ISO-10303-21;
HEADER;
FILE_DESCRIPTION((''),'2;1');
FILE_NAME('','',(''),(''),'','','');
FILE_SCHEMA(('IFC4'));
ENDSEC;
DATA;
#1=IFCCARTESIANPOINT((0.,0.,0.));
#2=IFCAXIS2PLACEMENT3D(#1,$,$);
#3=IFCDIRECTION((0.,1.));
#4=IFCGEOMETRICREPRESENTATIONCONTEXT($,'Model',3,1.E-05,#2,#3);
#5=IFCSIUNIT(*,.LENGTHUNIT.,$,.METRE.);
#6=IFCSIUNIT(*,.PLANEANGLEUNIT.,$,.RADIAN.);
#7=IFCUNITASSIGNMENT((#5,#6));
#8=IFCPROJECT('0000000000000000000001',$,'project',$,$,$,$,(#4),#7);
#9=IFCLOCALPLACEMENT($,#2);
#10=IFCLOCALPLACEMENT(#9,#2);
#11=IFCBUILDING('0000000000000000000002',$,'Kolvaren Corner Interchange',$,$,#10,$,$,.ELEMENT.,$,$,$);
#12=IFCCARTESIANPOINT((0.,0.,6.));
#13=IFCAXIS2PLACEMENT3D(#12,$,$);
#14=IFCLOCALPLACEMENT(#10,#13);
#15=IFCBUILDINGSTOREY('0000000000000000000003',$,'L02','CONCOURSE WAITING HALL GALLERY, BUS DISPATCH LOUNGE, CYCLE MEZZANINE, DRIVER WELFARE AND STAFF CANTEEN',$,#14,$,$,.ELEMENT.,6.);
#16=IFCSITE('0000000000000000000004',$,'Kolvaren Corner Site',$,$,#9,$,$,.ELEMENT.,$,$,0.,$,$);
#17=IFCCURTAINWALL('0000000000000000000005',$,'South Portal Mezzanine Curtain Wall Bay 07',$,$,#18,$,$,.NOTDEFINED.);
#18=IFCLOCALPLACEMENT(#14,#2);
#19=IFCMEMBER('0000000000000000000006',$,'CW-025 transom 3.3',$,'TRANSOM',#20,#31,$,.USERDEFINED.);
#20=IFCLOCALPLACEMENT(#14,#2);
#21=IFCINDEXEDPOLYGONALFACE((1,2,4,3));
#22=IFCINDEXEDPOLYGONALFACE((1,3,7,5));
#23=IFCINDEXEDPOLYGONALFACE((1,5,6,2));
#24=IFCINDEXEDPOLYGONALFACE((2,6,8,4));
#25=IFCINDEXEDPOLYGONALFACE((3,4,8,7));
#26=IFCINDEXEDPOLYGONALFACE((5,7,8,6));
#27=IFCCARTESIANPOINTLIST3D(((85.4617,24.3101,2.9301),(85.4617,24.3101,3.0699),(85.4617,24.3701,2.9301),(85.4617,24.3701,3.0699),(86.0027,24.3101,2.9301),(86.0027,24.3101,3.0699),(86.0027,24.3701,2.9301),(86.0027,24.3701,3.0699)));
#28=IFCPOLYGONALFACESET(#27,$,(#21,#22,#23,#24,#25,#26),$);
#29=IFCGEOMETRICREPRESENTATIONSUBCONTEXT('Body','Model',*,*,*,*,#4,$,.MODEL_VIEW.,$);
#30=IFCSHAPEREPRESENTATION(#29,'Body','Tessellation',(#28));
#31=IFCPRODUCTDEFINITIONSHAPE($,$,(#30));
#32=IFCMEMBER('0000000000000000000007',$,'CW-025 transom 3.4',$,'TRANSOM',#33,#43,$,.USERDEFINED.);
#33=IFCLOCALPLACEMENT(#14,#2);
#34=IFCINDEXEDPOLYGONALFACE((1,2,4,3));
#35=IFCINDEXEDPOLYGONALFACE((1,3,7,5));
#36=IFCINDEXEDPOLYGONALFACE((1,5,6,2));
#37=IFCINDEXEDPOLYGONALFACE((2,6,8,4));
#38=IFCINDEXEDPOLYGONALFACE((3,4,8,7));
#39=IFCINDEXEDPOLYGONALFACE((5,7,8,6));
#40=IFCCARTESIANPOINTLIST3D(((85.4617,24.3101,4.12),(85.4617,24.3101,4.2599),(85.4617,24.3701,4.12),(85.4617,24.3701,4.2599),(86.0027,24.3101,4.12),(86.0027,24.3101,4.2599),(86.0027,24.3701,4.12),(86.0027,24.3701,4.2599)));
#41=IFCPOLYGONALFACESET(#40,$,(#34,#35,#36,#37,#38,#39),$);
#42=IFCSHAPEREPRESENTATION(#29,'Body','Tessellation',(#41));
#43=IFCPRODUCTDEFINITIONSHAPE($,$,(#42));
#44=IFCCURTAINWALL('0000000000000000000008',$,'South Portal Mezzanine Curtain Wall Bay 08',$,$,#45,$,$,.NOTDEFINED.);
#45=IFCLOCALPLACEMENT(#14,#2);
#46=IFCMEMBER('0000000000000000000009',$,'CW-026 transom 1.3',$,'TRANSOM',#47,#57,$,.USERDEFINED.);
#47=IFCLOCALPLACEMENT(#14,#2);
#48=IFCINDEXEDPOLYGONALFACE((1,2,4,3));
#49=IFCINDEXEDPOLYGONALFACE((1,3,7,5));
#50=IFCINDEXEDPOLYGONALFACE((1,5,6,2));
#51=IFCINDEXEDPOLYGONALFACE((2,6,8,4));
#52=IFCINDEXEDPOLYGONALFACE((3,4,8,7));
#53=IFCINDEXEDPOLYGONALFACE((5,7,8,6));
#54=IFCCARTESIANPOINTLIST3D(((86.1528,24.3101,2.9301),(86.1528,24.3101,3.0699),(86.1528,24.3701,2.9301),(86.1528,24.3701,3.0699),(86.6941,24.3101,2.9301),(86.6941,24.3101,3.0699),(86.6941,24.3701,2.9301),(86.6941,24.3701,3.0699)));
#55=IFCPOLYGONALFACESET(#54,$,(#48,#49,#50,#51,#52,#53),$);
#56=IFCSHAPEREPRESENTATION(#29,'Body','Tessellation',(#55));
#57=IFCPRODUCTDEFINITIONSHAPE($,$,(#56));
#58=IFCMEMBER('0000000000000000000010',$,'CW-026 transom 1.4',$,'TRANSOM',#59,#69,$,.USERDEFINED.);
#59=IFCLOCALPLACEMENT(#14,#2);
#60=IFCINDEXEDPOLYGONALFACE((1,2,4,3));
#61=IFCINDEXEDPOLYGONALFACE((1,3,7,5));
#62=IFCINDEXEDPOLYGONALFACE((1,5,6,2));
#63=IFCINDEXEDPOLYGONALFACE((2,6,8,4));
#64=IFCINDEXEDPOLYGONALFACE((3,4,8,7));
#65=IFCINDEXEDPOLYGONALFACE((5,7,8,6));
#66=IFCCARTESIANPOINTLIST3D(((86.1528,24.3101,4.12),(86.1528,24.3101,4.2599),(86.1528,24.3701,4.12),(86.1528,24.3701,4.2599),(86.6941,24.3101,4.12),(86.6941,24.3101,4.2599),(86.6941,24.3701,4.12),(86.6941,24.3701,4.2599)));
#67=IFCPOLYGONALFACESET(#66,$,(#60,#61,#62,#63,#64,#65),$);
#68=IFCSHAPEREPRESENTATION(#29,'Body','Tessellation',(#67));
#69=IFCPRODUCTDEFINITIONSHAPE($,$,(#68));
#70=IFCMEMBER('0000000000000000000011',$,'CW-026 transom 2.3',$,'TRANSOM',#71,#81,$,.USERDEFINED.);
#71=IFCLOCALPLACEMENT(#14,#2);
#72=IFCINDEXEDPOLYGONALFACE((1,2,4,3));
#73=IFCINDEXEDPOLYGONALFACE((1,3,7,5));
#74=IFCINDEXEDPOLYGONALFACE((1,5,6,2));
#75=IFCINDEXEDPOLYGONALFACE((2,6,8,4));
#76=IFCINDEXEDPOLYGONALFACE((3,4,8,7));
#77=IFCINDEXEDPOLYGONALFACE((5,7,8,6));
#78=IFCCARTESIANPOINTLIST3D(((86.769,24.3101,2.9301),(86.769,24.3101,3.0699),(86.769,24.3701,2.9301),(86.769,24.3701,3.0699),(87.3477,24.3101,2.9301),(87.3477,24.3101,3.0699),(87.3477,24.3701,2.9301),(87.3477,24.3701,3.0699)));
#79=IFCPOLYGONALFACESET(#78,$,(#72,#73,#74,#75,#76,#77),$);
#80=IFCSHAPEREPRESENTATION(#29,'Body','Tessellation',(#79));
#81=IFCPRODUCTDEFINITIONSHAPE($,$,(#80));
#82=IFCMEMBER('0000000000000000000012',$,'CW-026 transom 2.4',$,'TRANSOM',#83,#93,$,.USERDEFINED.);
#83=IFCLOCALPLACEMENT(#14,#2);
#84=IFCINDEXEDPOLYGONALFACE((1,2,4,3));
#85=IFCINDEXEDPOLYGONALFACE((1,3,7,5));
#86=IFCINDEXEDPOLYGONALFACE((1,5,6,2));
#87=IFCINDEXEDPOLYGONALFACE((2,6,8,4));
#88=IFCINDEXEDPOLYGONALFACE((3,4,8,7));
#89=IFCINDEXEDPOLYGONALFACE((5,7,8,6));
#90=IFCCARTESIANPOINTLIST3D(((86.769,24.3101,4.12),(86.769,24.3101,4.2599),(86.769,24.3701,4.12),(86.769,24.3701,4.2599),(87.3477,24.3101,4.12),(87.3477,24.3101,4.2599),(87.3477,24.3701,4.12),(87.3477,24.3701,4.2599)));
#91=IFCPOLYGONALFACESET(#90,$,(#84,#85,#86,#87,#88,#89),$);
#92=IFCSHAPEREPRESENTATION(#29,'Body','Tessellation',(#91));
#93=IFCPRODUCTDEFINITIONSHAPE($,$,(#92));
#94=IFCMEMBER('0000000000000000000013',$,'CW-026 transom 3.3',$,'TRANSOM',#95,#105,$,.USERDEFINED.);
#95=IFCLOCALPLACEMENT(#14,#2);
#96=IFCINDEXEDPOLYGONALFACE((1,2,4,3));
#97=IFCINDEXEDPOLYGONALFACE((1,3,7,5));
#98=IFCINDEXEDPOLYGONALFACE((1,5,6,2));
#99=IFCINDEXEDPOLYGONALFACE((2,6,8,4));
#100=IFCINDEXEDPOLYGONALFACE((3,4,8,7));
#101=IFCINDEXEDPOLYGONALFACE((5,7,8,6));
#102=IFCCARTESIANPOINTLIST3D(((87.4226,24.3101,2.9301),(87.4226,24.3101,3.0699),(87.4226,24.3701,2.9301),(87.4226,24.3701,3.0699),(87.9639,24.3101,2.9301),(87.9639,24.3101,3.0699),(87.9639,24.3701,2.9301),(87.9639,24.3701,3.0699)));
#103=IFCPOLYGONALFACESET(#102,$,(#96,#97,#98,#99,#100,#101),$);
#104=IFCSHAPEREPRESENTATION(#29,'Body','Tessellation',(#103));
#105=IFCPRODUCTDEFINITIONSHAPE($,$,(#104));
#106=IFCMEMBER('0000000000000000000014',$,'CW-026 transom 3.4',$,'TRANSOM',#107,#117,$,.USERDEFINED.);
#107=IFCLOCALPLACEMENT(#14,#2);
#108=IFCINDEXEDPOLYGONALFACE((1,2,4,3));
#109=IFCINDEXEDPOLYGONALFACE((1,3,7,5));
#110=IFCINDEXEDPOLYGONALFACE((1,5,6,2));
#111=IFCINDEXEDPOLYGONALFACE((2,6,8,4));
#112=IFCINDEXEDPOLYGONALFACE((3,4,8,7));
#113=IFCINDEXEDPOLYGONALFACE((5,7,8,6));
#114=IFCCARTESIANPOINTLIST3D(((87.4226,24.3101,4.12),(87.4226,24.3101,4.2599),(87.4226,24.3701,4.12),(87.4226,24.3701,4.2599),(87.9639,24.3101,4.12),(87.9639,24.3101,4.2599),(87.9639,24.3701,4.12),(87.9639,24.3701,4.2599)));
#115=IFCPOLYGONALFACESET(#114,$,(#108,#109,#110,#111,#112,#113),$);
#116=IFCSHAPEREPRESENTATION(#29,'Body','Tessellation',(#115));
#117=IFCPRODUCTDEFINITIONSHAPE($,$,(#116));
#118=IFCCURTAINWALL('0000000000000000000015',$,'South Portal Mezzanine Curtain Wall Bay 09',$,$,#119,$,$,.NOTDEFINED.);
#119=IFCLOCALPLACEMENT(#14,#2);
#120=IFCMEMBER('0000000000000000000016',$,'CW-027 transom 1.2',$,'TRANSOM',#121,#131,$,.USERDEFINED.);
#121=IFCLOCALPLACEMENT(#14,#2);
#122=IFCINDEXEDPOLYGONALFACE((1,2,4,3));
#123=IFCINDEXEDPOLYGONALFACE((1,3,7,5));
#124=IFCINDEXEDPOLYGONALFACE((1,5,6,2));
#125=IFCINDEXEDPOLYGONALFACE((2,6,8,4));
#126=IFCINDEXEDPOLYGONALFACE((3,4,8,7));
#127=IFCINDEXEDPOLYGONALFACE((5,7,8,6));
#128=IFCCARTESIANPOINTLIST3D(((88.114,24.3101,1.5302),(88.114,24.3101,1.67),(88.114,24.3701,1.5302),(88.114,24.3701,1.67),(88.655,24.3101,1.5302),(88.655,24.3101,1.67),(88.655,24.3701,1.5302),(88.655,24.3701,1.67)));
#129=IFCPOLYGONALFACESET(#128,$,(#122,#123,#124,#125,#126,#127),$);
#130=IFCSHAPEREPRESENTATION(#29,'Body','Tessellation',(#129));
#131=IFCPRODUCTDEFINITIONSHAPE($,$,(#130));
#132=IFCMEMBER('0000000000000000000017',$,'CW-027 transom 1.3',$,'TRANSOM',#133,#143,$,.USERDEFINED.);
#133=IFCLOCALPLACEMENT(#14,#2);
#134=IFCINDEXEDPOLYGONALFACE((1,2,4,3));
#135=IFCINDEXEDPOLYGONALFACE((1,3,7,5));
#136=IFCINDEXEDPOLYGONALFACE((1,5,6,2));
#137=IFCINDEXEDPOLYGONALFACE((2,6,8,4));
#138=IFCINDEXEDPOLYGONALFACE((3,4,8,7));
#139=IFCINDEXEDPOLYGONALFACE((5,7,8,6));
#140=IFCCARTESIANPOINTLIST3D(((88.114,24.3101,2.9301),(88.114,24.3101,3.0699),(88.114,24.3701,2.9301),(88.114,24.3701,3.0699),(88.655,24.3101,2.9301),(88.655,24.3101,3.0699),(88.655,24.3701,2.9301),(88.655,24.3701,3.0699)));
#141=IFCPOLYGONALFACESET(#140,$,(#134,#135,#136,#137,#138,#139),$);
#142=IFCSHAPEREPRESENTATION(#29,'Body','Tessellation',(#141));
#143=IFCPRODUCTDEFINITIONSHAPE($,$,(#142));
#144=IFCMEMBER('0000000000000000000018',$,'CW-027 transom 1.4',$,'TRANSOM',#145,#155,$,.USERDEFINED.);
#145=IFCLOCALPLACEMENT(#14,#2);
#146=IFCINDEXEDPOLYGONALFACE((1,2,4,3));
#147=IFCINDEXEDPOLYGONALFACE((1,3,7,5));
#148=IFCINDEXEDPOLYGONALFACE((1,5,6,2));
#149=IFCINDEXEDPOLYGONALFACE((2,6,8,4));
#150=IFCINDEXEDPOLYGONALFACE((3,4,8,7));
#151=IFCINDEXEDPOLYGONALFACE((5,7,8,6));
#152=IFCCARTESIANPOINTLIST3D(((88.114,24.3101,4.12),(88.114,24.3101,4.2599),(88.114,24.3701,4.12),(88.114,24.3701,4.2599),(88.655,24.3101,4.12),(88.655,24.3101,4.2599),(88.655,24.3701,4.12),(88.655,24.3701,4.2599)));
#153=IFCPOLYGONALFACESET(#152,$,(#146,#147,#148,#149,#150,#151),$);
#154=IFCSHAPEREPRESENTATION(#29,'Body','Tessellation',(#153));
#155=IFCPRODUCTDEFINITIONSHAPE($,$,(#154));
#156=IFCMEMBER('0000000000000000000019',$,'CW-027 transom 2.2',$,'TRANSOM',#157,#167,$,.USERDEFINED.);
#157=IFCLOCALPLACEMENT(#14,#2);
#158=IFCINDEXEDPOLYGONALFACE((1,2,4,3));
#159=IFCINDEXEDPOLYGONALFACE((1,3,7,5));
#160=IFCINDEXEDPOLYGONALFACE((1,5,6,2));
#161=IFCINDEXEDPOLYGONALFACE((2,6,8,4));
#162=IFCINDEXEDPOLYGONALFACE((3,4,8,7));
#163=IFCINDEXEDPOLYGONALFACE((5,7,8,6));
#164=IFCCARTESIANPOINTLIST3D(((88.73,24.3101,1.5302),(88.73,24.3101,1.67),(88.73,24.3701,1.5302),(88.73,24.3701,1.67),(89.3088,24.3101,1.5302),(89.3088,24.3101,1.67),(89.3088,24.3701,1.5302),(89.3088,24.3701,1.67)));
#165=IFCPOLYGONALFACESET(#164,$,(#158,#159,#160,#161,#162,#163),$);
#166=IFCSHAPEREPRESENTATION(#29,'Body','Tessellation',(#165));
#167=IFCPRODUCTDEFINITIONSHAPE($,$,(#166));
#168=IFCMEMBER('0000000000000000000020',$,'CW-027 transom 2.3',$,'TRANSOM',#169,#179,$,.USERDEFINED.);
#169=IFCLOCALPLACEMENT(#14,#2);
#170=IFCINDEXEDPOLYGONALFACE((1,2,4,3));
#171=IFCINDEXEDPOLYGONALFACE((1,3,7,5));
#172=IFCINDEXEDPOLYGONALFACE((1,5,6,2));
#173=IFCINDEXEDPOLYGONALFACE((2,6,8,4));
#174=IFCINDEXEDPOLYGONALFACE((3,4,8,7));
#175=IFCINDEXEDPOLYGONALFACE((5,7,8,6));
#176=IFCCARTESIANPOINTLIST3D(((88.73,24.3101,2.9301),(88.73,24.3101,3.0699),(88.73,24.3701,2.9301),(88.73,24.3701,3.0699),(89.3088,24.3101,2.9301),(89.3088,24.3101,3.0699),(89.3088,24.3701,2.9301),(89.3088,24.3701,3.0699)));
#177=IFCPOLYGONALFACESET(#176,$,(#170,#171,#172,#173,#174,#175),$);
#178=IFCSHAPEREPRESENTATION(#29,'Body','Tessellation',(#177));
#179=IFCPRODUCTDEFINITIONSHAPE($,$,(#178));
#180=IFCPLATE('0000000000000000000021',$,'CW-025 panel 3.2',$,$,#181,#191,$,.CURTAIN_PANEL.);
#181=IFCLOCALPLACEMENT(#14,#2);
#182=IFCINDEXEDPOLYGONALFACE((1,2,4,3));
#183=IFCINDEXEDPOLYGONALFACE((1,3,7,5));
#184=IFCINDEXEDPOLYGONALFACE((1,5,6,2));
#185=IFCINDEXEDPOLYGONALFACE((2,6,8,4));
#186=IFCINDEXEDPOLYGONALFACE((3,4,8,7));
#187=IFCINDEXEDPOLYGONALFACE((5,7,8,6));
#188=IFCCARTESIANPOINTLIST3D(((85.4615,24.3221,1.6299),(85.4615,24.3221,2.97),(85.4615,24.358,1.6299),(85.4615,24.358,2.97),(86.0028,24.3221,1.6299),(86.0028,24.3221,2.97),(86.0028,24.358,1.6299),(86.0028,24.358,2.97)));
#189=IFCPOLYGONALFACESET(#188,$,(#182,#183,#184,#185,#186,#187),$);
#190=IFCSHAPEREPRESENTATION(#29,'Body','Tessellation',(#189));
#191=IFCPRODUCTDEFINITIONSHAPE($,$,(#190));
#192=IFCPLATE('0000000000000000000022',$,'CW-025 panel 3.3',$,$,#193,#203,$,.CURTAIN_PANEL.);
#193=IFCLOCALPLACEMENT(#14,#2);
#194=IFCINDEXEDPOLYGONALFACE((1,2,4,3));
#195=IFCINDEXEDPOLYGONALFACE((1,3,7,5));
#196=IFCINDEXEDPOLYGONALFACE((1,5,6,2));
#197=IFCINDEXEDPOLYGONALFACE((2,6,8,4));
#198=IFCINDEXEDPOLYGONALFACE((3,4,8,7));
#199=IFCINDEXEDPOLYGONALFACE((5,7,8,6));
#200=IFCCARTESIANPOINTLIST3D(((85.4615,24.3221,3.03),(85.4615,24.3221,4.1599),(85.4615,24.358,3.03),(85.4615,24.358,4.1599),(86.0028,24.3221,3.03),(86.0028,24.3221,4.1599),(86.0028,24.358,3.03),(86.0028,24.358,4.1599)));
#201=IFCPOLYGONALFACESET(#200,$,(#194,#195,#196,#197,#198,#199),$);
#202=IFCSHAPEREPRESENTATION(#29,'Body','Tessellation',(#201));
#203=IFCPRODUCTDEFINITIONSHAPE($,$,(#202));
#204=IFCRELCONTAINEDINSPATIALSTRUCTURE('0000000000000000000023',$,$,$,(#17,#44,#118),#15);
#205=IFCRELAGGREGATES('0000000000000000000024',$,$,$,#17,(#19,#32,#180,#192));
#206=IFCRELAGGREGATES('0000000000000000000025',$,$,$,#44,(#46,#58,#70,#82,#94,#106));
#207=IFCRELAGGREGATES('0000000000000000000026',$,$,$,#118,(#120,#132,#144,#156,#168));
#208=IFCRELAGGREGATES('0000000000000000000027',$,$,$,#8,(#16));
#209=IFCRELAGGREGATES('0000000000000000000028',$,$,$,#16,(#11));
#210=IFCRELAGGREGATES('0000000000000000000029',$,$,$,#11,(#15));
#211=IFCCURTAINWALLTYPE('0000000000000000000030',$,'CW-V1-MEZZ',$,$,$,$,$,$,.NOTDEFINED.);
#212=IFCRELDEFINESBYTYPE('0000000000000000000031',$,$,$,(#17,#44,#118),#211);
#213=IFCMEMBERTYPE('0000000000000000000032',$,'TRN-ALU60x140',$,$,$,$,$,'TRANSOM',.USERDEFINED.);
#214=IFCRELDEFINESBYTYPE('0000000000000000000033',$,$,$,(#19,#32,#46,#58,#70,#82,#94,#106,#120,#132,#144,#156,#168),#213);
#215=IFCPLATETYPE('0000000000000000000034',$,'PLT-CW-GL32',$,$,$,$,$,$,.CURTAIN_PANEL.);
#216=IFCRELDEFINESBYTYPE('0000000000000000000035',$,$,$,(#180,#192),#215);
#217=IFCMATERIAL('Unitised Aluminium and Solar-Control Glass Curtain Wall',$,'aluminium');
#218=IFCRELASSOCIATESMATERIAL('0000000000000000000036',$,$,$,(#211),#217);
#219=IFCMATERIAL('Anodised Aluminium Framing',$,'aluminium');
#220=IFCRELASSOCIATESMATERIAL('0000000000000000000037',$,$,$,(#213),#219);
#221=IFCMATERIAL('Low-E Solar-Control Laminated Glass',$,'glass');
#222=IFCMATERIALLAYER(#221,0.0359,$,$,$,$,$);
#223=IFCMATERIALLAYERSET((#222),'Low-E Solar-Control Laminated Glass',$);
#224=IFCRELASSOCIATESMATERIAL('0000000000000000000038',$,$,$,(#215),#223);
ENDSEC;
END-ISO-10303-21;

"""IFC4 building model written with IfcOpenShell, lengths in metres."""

from ifc_helpers import new_model, si_unit, direction, frame, origin, origin_2d, place, context, subcontext, project, spatial, rectangle, extrude, material, layer, layer_set, material_profile, profile_set, type_object, element, aggregate, save


model = new_model("IFC4")

# Units and contexts
model_context = context("Model", 3, precision=1e-05, world=origin(), true_north=direction((0.0, 1.0)))
body_context = subcontext(model_context, "Body", "Model", "MODEL_VIEW")
ifc_project = project(units=[si_unit("LENGTHUNIT", "METRE"), si_unit("PLANEANGLEUNIT", "RADIAN")], contexts=[model_context])

# Site, building, storey
site_placement = place(None, origin())
site = spatial("IfcSite", under=ifc_project, at=site_placement, Name="Kolvaren Corner Site", CompositionType="ELEMENT", RefElevation=0.0)
building_placement = place(site_placement, origin())
building = spatial("IfcBuilding", under=site, at=building_placement, Name="Kolvaren Corner Interchange", CompositionType="ELEMENT")
storey_placement = place(building_placement, frame((0.0, 0.0, 6.0)))
storey = spatial("IfcBuildingStorey", under=building, at=storey_placement, Name="L02", Description="CONCOURSE WAITING HALL GALLERY, BUS DISPATCH LOUNGE, CYCLE MEZZANINE, DRIVER WELFARE AND STAFF CANTEEN", CompositionType="ELEMENT", Elevation=6.0)

# Curtain walls, members
ifc_material_1 = material(Name="Unitised Aluminium and Solar-Control Glass Curtain Wall", Category="aluminium")
curtain_wall_type = type_object("IfcCurtainWallType", Name="CW-V1-MEZZ", PredefinedType="NOTDEFINED", material=ifc_material_1)
curtain_wall_1_placement = place(storey_placement, origin())
curtain_wall_1 = element("IfcCurtainWall", 1, at=curtain_wall_1_placement, inside=storey, type_object=curtain_wall_type, Name="South Portal Mezzanine Curtain Wall Bay 07", PredefinedType="NOTDEFINED")
ifc_material_2 = material(Name="Anodised Aluminium Framing", Category="aluminium")
ifc_material_profile = material_profile(ifc_material_2, rectangle(XDim=0.0601, YDim=0.1399, at=origin_2d()), Name="ALU 60x140")
ifc_profile_set = profile_set([ifc_material_profile], Name="Anodised Aluminium Framing")
member_type = type_object("IfcMemberType", Name="TRN-ALU60x140", ElementType="TRANSOM", PredefinedType="USERDEFINED", material=ifc_profile_set)
member_1_placement = place(storey_placement, frame((85.4617, 24.3401, 3.0), z_axis=(1.0, 0.0, 0.0), x_axis=(0.0, 1.0, 0.0)))
member_1 = element("IfcMember", 2, at=member_1_placement, type_object=member_type, Name="CW-025 transom 3.3", ObjectType="TRANSOM", PredefinedType="USERDEFINED", context=body_context, shape_type="SweptSolid", body=[
    extrude(rectangle(XDim=0.0601, YDim=0.1399, at=origin_2d()), origin(), (0.0, 0.0, 1.0), 0.541),
])
member_2_placement = place(storey_placement, frame((85.4617, 24.3401, 4.1899), z_axis=(1.0, 0.0, 0.0), x_axis=(0.0, 1.0, 0.0)))
member_2 = element("IfcMember", 3, at=member_2_placement, type_object=member_type, Name="CW-025 transom 3.4", ObjectType="TRANSOM", PredefinedType="USERDEFINED", context=body_context, shape_type="SweptSolid", body=[
    extrude(rectangle(XDim=0.0601, YDim=0.1399, at=origin_2d()), origin(), (0.0, 0.0, 1.0), 0.541),
])
curtain_wall_2_placement = place(storey_placement, origin())
curtain_wall_2 = element("IfcCurtainWall", 4, at=curtain_wall_2_placement, inside=storey, type_object=curtain_wall_type, Name="South Portal Mezzanine Curtain Wall Bay 08", PredefinedType="NOTDEFINED")
member_3_placement = place(storey_placement, frame((86.1528, 24.3401, 3.0), z_axis=(1.0, 0.0, 0.0), x_axis=(0.0, 1.0, 0.0)))
member_3 = element("IfcMember", 5, at=member_3_placement, type_object=member_type, Name="CW-026 transom 1.3", ObjectType="TRANSOM", PredefinedType="USERDEFINED", context=body_context, shape_type="SweptSolid", body=[
    extrude(rectangle(XDim=0.0601, YDim=0.1399, at=origin_2d()), origin(), (0.0, 0.0, 1.0), 0.5413),
])
member_4_placement = place(storey_placement, frame((86.1528, 24.3401, 4.1899), z_axis=(1.0, 0.0, 0.0), x_axis=(0.0, 1.0, 0.0)))
member_4 = element("IfcMember", 6, at=member_4_placement, type_object=member_type, Name="CW-026 transom 1.4", ObjectType="TRANSOM", PredefinedType="USERDEFINED", context=body_context, shape_type="SweptSolid", body=[
    extrude(rectangle(XDim=0.0601, YDim=0.1399, at=origin_2d()), origin(), (0.0, 0.0, 1.0), 0.5413),
])
member_5_placement = place(storey_placement, frame((86.769, 24.3401, 3.0), z_axis=(1.0, 0.0, 0.0), x_axis=(0.0, 1.0, 0.0)))
member_5 = element("IfcMember", 7, at=member_5_placement, type_object=member_type, Name="CW-026 transom 2.3", ObjectType="TRANSOM", PredefinedType="USERDEFINED", context=body_context, shape_type="SweptSolid", body=[
    extrude(rectangle(XDim=0.0601, YDim=0.1399, at=origin_2d()), origin(), (0.0, 0.0, 1.0), 0.5786),
])
member_6_placement = place(storey_placement, frame((86.769, 24.3401, 4.1899), z_axis=(1.0, 0.0, 0.0), x_axis=(0.0, 1.0, 0.0)))
member_6 = element("IfcMember", 8, at=member_6_placement, type_object=member_type, Name="CW-026 transom 2.4", ObjectType="TRANSOM", PredefinedType="USERDEFINED", context=body_context, shape_type="SweptSolid", body=[
    extrude(rectangle(XDim=0.0601, YDim=0.1399, at=origin_2d()), origin(), (0.0, 0.0, 1.0), 0.5786),
])
member_7_placement = place(storey_placement, frame((87.4226, 24.3401, 3.0), z_axis=(1.0, 0.0, 0.0), x_axis=(0.0, 1.0, 0.0)))
member_7 = element("IfcMember", 9, at=member_7_placement, type_object=member_type, Name="CW-026 transom 3.3", ObjectType="TRANSOM", PredefinedType="USERDEFINED", context=body_context, shape_type="SweptSolid", body=[
    extrude(rectangle(XDim=0.0601, YDim=0.1399, at=origin_2d()), origin(), (0.0, 0.0, 1.0), 0.5413),
])
member_8_placement = place(storey_placement, frame((87.4226, 24.3401, 4.1899), z_axis=(1.0, 0.0, 0.0), x_axis=(0.0, 1.0, 0.0)))
member_8 = element("IfcMember", 10, at=member_8_placement, type_object=member_type, Name="CW-026 transom 3.4", ObjectType="TRANSOM", PredefinedType="USERDEFINED", context=body_context, shape_type="SweptSolid", body=[
    extrude(rectangle(XDim=0.0601, YDim=0.1399, at=origin_2d()), origin(), (0.0, 0.0, 1.0), 0.5413),
])
curtain_wall_3_placement = place(storey_placement, origin())
curtain_wall_3 = element("IfcCurtainWall", 11, at=curtain_wall_3_placement, inside=storey, type_object=curtain_wall_type, Name="South Portal Mezzanine Curtain Wall Bay 09", PredefinedType="NOTDEFINED")
member_9_placement = place(storey_placement, frame((88.114, 24.3401, 1.6001), z_axis=(1.0, 0.0, 0.0), x_axis=(0.0, 1.0, 0.0)))
member_9 = element("IfcMember", 12, at=member_9_placement, type_object=member_type, Name="CW-027 transom 1.2", ObjectType="TRANSOM", PredefinedType="USERDEFINED", context=body_context, shape_type="SweptSolid", body=[
    extrude(rectangle(XDim=0.0601, YDim=0.1399, at=origin_2d()), origin(), (0.0, 0.0, 1.0), 0.541),
])
member_10_placement = place(storey_placement, frame((88.114, 24.3401, 3.0), z_axis=(1.0, 0.0, 0.0), x_axis=(0.0, 1.0, 0.0)))
member_10 = element("IfcMember", 13, at=member_10_placement, type_object=member_type, Name="CW-027 transom 1.3", ObjectType="TRANSOM", PredefinedType="USERDEFINED", context=body_context, shape_type="SweptSolid", body=[
    extrude(rectangle(XDim=0.0601, YDim=0.1399, at=origin_2d()), origin(), (0.0, 0.0, 1.0), 0.541),
])
member_11_placement = place(storey_placement, frame((88.114, 24.3401, 4.1899), z_axis=(1.0, 0.0, 0.0), x_axis=(0.0, 1.0, 0.0)))
member_11 = element("IfcMember", 14, at=member_11_placement, type_object=member_type, Name="CW-027 transom 1.4", ObjectType="TRANSOM", PredefinedType="USERDEFINED", context=body_context, shape_type="SweptSolid", body=[
    extrude(rectangle(XDim=0.0601, YDim=0.1399, at=origin_2d()), origin(), (0.0, 0.0, 1.0), 0.541),
])
member_12_placement = place(storey_placement, frame((88.73, 24.3401, 1.6001), z_axis=(1.0, 0.0, 0.0), x_axis=(0.0, 1.0, 0.0)))
member_12 = element("IfcMember", 15, at=member_12_placement, type_object=member_type, Name="CW-027 transom 2.2", ObjectType="TRANSOM", PredefinedType="USERDEFINED", context=body_context, shape_type="SweptSolid", body=[
    extrude(rectangle(XDim=0.0601, YDim=0.1399, at=origin_2d()), origin(), (0.0, 0.0, 1.0), 0.5789),
])
member_13_placement = place(storey_placement, frame((88.73, 24.3401, 3.0), z_axis=(1.0, 0.0, 0.0), x_axis=(0.0, 1.0, 0.0)))
member_13 = element("IfcMember", 16, at=member_13_placement, type_object=member_type, Name="CW-027 transom 2.3", ObjectType="TRANSOM", PredefinedType="USERDEFINED", context=body_context, shape_type="SweptSolid", body=[
    extrude(rectangle(XDim=0.0601, YDim=0.1399, at=origin_2d()), origin(), (0.0, 0.0, 1.0), 0.5789),
])

# Plates
ifc_material_3 = material(Name="Low-E Solar-Control Laminated Glass", Category="glass")
ifc_layer = layer(ifc_material_3, 0.0359)
ifc_layer_set = layer_set([ifc_layer], Name="Low-E Solar-Control Laminated Glass")
plate_type = type_object("IfcPlateType", Name="PLT-CW-GL32", PredefinedType="CURTAIN_PANEL", material=ifc_layer_set)
plate_1_placement = place(storey_placement, frame((85.7322, 24.3401, 1.6299), z_axis=(0.0, 0.0, 1.0), x_axis=(1.0, 0.0, 0.0)))
plate_1 = element("IfcPlate", 17, at=plate_1_placement, type_object=plate_type, Name="CW-025 panel 3.2", PredefinedType="CURTAIN_PANEL", context=body_context, shape_type="SweptSolid", body=[
    extrude(rectangle(XDim=0.5413, YDim=0.0359, at=origin_2d()), origin(), (0.0, 0.0, 1.0), 1.3401),
])
plate_2_placement = place(storey_placement, frame((85.7322, 24.3401, 3.03), z_axis=(0.0, 0.0, 1.0), x_axis=(1.0, 0.0, 0.0)))
plate_2 = element("IfcPlate", 18, at=plate_2_placement, type_object=plate_type, Name="CW-025 panel 3.3", PredefinedType="CURTAIN_PANEL", context=body_context, shape_type="SweptSolid", body=[
    extrude(rectangle(XDim=0.5413, YDim=0.0359, at=origin_2d()), origin(), (0.0, 0.0, 1.0), 1.1299),
])
aggregate(curtain_wall_1, [member_1, member_2, plate_1, plate_2])
aggregate(curtain_wall_2, [member_3, member_4, member_5, member_6, member_7, member_8])
aggregate(curtain_wall_3, [member_9, member_10, member_11, member_12, member_13])

save(model, "model.ifc")
